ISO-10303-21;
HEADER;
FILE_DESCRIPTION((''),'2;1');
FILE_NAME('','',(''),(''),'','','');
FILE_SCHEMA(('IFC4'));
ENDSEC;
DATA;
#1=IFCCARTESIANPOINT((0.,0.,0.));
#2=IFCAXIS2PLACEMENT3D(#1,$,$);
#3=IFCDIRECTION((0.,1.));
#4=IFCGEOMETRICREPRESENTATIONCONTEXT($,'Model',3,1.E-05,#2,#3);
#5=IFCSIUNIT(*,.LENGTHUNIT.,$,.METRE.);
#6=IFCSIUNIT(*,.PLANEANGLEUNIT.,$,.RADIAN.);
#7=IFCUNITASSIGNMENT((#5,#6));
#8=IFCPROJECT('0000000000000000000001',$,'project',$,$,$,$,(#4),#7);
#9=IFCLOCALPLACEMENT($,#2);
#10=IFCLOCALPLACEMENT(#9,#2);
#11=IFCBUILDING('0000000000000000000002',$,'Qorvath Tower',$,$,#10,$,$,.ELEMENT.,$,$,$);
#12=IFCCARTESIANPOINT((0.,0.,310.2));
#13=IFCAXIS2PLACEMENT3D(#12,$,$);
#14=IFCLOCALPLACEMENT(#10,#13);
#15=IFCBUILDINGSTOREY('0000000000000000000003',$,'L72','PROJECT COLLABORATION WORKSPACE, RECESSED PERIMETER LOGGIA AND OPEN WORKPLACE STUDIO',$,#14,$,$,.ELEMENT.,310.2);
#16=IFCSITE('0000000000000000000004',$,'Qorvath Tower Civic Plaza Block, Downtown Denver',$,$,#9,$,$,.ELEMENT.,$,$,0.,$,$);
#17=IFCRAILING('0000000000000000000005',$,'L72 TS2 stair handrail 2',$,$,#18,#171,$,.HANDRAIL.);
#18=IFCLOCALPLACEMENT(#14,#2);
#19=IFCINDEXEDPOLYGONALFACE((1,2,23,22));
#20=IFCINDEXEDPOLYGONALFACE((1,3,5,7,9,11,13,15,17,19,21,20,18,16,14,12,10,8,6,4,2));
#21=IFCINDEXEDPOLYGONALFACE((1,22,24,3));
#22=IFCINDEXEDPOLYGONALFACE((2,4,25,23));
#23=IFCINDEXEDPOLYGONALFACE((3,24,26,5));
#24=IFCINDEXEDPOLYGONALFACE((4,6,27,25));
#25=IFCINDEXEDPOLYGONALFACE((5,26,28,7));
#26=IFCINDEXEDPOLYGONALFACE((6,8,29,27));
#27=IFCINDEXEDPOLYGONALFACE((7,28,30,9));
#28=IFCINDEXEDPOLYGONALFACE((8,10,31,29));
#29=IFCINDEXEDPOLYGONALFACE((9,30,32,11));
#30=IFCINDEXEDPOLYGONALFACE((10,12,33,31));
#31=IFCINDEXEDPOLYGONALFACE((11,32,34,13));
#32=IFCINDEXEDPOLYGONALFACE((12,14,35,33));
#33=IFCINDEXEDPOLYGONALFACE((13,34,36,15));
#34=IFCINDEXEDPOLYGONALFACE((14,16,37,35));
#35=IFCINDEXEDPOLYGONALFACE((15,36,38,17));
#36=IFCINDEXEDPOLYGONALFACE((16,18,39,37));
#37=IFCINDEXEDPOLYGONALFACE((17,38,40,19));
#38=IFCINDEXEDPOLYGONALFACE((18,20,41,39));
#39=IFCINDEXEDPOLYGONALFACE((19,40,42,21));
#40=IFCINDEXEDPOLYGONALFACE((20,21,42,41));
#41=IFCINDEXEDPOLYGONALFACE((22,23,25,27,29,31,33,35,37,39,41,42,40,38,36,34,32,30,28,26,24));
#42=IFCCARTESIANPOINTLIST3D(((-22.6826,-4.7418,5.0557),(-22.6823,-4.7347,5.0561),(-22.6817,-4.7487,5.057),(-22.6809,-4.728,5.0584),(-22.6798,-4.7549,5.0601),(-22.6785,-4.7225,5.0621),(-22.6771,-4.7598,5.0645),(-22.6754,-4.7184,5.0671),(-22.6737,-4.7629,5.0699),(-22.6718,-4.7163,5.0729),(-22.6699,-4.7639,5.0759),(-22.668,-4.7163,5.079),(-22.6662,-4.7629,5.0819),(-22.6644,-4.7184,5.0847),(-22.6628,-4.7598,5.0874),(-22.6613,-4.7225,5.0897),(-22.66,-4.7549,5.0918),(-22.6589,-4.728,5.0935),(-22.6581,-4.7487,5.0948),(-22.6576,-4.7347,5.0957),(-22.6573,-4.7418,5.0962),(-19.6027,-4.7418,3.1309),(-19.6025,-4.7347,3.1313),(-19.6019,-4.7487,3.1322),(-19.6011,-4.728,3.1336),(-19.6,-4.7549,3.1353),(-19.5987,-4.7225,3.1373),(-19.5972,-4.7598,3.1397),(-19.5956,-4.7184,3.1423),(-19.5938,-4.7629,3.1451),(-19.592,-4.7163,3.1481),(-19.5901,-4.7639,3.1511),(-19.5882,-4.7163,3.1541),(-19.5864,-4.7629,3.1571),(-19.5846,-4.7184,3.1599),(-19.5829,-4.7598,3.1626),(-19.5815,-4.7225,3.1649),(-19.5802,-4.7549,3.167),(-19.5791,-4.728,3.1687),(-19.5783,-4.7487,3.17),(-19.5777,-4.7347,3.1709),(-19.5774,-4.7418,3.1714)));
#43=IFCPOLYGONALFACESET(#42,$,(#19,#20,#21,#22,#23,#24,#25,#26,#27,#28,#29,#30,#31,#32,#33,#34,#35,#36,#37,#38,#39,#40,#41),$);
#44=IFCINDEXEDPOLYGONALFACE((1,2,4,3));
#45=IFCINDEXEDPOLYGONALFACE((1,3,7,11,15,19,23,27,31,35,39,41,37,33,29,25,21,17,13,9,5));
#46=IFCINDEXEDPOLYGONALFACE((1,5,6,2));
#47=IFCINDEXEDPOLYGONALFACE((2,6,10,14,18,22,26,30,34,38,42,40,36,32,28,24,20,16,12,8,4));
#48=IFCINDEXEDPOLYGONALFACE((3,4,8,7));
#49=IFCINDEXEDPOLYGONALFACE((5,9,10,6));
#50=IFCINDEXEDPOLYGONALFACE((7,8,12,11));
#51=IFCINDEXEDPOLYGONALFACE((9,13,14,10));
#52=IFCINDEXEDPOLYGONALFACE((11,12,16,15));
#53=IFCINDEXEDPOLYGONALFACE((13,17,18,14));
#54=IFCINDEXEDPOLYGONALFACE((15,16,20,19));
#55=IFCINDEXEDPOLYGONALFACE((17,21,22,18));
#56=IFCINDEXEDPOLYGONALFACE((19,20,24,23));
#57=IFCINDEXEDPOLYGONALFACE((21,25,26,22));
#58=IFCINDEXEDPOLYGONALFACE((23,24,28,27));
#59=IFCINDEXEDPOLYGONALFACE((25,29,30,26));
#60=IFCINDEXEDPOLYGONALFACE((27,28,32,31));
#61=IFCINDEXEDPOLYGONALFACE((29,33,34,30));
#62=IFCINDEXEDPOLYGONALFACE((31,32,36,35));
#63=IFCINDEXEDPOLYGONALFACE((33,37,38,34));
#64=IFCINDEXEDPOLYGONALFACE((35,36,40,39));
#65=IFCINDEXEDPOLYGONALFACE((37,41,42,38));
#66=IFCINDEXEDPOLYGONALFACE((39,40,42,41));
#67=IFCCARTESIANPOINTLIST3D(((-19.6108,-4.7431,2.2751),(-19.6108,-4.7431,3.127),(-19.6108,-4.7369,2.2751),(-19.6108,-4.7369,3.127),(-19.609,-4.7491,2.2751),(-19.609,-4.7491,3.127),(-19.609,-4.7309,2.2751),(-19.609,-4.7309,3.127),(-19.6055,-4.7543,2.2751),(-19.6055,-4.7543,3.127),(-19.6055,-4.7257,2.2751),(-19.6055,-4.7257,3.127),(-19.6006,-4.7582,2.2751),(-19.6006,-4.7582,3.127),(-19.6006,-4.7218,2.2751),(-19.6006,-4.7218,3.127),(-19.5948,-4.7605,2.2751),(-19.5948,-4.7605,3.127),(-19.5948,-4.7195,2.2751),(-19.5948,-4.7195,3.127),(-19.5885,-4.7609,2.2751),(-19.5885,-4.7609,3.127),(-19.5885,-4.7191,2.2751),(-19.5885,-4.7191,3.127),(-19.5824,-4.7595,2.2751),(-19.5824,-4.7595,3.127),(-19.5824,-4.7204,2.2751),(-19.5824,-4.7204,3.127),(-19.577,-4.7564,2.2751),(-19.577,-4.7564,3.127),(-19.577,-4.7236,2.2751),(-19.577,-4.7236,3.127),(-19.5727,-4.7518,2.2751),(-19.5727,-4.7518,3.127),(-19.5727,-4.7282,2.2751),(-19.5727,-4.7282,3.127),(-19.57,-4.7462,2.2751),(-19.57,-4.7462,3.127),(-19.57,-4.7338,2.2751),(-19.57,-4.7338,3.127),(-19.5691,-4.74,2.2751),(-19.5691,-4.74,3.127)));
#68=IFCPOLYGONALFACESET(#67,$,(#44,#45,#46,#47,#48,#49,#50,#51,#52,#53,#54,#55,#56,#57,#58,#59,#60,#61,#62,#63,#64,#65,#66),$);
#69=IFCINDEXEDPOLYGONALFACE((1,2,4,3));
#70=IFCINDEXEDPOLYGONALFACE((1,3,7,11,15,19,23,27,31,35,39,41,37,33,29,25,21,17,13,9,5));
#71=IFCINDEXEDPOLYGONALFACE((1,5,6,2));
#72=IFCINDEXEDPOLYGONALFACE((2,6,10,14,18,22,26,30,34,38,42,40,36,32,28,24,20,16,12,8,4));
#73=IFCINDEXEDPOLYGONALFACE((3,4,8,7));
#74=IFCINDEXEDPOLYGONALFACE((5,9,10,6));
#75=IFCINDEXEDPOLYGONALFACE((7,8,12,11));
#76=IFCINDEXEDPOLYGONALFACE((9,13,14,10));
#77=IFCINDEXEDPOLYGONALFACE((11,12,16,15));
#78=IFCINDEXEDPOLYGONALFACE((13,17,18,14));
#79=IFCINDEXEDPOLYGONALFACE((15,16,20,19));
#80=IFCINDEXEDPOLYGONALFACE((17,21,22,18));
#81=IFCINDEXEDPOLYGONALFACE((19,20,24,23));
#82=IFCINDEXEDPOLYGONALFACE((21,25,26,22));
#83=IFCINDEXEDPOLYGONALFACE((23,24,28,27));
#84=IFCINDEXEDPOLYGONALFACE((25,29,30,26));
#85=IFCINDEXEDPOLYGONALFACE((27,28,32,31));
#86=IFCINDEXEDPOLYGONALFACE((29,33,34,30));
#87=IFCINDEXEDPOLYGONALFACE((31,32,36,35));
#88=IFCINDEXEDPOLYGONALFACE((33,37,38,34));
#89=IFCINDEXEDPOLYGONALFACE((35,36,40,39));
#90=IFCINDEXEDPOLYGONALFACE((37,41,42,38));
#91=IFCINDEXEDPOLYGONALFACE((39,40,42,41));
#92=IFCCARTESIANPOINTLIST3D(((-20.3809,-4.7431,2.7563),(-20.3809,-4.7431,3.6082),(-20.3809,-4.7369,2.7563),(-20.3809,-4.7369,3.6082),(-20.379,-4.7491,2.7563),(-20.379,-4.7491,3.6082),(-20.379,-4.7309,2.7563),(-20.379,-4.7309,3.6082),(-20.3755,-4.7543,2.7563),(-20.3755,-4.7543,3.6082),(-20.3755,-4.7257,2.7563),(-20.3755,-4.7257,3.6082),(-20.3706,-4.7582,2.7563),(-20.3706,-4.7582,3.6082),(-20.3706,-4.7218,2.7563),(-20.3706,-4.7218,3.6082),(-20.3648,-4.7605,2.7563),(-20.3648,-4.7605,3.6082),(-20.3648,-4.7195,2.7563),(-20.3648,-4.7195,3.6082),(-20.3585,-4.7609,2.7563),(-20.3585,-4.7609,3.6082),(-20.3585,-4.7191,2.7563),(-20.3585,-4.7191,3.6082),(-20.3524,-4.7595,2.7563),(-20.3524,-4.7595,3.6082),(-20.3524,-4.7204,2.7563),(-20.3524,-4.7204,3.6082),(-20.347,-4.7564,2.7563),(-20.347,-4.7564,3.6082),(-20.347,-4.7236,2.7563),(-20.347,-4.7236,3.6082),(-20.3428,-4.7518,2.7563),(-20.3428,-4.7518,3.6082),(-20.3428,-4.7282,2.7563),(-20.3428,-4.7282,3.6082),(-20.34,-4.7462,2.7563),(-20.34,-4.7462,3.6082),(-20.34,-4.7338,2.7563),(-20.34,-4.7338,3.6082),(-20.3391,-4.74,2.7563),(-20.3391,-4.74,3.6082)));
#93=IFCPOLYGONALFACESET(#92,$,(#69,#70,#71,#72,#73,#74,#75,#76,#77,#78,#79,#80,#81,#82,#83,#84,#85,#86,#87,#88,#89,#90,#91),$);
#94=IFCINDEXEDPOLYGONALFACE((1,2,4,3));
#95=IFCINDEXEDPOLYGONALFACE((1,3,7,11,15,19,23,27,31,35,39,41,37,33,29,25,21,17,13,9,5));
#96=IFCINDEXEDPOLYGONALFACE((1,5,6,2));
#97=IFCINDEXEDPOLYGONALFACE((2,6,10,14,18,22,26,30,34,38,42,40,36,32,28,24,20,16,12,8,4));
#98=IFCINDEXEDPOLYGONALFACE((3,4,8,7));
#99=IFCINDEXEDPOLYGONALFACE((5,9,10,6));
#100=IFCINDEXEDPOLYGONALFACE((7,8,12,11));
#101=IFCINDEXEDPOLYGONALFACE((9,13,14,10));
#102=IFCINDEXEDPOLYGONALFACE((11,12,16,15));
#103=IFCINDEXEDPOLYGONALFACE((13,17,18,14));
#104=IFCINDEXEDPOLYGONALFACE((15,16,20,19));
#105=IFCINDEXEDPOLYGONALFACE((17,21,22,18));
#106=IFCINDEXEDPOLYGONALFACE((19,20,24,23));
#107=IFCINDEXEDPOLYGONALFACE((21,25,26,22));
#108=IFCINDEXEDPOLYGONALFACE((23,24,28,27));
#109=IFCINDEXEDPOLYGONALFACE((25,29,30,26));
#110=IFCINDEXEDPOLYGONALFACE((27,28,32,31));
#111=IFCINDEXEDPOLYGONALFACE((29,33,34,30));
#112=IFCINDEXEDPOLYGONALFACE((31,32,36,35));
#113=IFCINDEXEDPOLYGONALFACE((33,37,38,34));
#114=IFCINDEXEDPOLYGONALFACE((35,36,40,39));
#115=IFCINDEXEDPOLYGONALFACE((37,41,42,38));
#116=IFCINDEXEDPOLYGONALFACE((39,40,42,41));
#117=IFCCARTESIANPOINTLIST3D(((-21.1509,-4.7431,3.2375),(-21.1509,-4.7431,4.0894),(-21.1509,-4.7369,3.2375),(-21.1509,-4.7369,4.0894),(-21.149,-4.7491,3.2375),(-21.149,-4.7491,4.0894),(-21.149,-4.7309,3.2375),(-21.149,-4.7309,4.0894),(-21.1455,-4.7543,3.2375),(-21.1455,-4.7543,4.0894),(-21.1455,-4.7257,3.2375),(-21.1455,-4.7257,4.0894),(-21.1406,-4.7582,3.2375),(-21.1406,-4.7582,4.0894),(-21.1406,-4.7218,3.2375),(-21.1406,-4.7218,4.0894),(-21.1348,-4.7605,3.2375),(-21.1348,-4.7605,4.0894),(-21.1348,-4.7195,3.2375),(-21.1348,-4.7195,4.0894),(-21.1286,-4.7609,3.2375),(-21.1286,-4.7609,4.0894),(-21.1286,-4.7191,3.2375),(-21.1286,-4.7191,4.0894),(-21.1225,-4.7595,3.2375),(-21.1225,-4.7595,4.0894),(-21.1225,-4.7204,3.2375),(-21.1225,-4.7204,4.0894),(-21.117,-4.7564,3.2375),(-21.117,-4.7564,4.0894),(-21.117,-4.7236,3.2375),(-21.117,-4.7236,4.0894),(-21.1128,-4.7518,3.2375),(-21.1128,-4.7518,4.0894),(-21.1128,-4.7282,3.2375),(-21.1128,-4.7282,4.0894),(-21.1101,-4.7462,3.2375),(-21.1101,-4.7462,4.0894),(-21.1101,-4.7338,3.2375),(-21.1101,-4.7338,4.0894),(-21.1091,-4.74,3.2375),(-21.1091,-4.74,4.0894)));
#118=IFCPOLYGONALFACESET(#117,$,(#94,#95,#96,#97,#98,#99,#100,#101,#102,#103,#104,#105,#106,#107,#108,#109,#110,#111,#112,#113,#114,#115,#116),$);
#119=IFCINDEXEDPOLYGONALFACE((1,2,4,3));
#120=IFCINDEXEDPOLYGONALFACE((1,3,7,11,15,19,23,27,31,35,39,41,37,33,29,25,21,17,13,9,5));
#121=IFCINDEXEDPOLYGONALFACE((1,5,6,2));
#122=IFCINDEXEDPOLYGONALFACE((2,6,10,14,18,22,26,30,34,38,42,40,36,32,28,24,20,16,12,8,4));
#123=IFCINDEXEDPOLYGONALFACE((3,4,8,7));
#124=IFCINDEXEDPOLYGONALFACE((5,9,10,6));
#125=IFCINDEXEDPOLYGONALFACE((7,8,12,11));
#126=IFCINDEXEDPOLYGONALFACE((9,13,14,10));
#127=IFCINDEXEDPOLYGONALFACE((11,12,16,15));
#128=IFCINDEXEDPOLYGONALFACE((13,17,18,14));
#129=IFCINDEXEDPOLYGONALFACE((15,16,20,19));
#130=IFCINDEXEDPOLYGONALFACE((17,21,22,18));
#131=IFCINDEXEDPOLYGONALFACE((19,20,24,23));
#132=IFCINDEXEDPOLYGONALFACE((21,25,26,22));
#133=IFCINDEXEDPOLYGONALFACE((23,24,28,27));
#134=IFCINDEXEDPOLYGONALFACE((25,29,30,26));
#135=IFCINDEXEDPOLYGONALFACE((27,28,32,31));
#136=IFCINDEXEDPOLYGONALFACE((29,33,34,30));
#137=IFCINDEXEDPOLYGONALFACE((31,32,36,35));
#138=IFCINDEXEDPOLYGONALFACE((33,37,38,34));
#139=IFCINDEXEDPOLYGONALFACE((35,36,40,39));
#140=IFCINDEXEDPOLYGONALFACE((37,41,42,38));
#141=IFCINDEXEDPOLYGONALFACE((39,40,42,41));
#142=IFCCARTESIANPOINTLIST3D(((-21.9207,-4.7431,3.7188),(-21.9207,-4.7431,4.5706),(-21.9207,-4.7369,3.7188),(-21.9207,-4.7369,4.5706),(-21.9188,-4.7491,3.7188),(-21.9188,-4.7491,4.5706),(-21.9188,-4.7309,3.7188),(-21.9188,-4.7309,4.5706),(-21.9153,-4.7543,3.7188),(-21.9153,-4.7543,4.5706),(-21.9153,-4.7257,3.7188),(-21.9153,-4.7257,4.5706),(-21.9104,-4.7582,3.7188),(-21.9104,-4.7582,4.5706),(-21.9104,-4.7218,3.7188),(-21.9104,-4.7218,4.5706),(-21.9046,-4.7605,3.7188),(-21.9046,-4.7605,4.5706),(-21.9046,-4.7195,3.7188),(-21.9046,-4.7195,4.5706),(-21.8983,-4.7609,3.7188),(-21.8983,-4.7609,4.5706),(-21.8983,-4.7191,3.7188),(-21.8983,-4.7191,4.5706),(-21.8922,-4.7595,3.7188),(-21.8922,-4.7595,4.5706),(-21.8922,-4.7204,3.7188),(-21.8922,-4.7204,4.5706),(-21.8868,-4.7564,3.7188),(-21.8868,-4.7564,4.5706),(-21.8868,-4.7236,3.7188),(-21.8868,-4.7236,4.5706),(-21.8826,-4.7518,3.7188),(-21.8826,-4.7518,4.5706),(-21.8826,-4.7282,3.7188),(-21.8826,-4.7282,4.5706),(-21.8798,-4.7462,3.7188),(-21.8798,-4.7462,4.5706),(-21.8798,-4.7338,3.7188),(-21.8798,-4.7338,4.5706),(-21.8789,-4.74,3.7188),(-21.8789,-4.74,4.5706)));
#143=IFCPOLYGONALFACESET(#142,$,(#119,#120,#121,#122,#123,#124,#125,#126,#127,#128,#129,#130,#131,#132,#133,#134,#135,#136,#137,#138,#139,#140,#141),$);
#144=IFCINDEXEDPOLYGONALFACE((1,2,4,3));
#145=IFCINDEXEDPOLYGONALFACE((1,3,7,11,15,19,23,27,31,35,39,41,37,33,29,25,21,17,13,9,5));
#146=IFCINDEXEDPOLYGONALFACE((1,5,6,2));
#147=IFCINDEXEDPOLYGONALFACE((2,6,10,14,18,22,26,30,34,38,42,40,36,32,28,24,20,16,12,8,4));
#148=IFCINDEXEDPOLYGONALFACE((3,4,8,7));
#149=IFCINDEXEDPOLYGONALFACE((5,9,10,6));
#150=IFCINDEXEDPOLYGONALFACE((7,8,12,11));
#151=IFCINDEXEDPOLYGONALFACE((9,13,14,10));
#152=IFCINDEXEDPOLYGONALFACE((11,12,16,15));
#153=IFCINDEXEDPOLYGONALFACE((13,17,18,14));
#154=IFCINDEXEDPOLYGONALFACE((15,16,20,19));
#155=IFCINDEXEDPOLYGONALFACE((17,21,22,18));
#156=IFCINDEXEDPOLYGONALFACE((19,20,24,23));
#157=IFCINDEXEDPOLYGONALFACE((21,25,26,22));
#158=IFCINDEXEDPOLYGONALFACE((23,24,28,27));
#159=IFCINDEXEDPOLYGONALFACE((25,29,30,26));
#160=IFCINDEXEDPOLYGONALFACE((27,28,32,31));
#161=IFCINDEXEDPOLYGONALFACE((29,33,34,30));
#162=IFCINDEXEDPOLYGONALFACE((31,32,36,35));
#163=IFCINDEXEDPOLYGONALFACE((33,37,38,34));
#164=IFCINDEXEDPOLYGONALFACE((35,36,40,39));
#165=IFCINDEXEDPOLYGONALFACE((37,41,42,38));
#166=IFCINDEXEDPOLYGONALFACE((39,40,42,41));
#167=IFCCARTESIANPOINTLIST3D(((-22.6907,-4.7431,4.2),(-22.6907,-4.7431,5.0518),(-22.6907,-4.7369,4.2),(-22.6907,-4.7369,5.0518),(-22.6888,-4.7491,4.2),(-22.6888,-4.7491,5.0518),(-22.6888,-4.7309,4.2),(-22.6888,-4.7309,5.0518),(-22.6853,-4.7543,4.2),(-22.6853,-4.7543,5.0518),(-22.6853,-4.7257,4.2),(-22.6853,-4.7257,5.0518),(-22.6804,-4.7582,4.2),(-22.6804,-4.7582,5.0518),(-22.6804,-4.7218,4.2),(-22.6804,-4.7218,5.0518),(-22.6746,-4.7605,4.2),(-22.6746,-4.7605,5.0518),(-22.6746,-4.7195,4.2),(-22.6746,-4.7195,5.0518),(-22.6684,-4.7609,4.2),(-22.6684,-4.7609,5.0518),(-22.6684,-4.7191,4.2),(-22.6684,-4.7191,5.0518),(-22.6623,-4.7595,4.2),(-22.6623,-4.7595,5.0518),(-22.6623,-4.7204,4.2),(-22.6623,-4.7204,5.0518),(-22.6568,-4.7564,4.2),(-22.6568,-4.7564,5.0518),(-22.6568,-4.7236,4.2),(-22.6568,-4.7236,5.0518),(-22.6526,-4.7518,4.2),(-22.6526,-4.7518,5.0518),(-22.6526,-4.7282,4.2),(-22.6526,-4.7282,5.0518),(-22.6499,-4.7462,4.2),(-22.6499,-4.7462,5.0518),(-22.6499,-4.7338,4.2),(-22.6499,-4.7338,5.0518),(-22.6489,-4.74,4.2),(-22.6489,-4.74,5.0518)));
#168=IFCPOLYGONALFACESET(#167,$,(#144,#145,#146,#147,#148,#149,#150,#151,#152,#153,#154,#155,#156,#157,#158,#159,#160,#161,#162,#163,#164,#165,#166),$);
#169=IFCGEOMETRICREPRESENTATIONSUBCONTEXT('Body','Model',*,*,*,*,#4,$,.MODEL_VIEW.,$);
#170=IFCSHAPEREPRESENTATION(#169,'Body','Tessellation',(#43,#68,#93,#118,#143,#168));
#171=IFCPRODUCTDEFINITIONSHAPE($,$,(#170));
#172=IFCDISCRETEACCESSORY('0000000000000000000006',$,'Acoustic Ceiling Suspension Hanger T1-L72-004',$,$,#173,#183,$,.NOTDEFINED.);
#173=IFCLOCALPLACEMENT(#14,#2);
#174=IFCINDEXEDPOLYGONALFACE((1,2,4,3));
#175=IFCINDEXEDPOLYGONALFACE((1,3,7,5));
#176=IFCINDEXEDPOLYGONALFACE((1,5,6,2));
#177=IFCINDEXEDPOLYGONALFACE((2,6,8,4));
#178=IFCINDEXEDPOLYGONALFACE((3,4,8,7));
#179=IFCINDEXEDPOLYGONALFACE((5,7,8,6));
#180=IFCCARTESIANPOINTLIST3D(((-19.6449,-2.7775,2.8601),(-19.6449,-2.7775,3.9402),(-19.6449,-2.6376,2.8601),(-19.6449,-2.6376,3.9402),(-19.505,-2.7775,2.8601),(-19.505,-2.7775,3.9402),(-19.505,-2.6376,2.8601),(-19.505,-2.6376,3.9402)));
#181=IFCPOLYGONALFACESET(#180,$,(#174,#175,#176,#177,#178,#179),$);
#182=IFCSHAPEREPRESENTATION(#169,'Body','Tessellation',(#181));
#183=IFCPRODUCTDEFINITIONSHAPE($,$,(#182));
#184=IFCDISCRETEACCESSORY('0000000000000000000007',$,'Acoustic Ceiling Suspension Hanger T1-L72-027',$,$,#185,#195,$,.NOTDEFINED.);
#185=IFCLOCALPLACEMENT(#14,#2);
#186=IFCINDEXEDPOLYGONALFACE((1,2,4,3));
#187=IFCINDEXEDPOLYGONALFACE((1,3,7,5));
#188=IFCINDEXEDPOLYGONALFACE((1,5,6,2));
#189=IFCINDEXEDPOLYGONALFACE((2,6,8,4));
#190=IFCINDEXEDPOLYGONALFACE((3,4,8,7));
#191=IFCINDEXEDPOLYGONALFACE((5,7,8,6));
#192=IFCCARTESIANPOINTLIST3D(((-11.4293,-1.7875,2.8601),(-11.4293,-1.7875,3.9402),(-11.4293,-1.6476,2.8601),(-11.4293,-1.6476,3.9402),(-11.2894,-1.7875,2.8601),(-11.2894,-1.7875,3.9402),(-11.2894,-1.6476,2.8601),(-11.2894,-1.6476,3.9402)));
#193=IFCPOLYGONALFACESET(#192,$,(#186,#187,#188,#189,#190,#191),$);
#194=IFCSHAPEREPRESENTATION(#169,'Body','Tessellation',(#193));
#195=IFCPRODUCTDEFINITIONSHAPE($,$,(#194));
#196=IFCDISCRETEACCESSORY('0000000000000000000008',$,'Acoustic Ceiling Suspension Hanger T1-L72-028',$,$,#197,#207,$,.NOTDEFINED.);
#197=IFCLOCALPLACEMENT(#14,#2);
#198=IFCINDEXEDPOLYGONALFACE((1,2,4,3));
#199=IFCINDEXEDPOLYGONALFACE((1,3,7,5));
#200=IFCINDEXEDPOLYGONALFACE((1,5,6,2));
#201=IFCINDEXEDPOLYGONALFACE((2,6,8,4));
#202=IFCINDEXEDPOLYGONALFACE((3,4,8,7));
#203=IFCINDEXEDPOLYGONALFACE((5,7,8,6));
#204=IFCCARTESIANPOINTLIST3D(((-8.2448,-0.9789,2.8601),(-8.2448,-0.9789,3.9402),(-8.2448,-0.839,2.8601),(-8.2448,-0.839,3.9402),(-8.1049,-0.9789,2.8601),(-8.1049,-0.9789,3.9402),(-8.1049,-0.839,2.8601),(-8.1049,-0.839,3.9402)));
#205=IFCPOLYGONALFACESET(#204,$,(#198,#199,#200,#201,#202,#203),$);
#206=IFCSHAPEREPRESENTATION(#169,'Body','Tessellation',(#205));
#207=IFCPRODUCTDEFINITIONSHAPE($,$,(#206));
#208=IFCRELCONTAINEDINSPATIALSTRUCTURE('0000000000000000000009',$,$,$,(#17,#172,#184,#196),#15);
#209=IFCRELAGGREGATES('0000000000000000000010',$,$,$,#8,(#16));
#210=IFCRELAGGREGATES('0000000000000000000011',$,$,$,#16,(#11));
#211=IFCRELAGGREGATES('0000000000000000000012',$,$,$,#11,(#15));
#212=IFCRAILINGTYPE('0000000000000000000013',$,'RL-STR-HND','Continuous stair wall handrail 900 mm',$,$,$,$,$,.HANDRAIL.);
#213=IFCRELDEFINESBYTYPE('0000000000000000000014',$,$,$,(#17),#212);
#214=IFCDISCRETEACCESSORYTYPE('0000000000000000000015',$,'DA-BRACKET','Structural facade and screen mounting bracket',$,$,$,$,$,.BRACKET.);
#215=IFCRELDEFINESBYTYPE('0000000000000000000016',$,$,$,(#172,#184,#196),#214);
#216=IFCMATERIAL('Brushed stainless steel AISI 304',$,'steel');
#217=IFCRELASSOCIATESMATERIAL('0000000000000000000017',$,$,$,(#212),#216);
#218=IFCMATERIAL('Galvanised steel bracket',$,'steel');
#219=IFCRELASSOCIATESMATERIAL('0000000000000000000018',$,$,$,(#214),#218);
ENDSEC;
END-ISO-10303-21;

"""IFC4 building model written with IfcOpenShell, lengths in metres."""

from ifc_helpers import new_model, si_unit, direction, frame, origin, origin_2d, place, context, subcontext, project, spatial, rectangle, circle, extrude, material, type_object, element, save


model = new_model("IFC4")

# Units and contexts
model_context = context("Model", 3, precision=1e-05, world=origin(), true_north=direction((0.0, 1.0)))
body_context = subcontext(model_context, "Body", "Model", "MODEL_VIEW")
ifc_project = project(units=[si_unit("LENGTHUNIT", "METRE"), si_unit("PLANEANGLEUNIT", "RADIAN")], contexts=[model_context])

# Site, building, storey
site_placement = place(None, origin())
site = spatial("IfcSite", under=ifc_project, at=site_placement, Name="Qorvath Tower Civic Plaza Block, Downtown Denver", CompositionType="ELEMENT", RefElevation=0.0)
building_placement = place(site_placement, origin())
building = spatial("IfcBuilding", under=site, at=building_placement, Name="Qorvath Tower", CompositionType="ELEMENT")
storey_placement = place(building_placement, frame((0.0, 0.0, 310.2)))
storey = spatial("IfcBuildingStorey", under=building, at=storey_placement, Name="L72", Description="PROJECT COLLABORATION WORKSPACE, RECESSED PERIMETER LOGGIA AND OPEN WORKPLACE STUDIO", CompositionType="ELEMENT", Elevation=310.2)

# Railing
ifc_material_1 = material(Name="Brushed stainless steel AISI 304", Category="steel")
railing_type_1 = type_object("IfcRailingType", Name="RL-STR-HND", Description="Continuous stair wall handrail 900 mm", PredefinedType="HANDRAIL", material=ifc_material_1)
railing_1_placement = place(storey_placement, frame((-19.5901, -4.74, 2.2751)))
element("IfcRailing", 1, at=railing_1_placement, inside=storey, type_object=railing_type_1, Name="L72 TS2 stair handrail 2", PredefinedType="HANDRAIL", context=body_context, shape_type="SweptSolid", body=[
    extrude(circle(Radius=0.0239, at=origin_2d()), frame((0.0, 0.0, 0.876), z_axis=(-0.84801, 0.0, 0.529981), x_axis=(0.0, -1.0, 0.0)), (0.0, 0.0, 1.0), 3.6318),
    extrude(circle(Radius=0.021, at=origin_2d()), origin(), (0.0, 0.0, 1.0), 0.8518),
    extrude(circle(Radius=0.021, at=origin_2d()), frame((-0.77, 0.0, 0.4812)), (0.0, 0.0, 1.0), 0.8518),
    extrude(circle(Radius=0.021, at=origin_2d()), frame((-1.54, 0.0, 0.9624)), (0.0, 0.0, 1.0), 0.8518),
    extrude(circle(Radius=0.021, at=origin_2d()), frame((-2.3098, 0.0, 1.4436)), (0.0, 0.0, 1.0), 0.8518),
    extrude(circle(Radius=0.021, at=origin_2d()), frame((-3.0798, 0.0, 1.9248)), (0.0, 0.0, 1.0), 0.8518),
])

# Discrete accessories
ifc_material_2 = material(Name="Galvanised steel bracket", Category="steel")
discrete_accessory_type = type_object("IfcDiscreteAccessoryType", Name="DA-BRACKET", Description="Structural facade and screen mounting bracket", PredefinedType="BRACKET", material=ifc_material_2)
for number, where, z_axis, x_axis, name in (
    (2, (-19.575, -2.7075, 2.8601), (0.0, 0.0, 1.0), (1.0, 0.0, 0.0), "Acoustic Ceiling Suspension Hanger T1-L72-004"),
    (3, (-11.3594, -1.7175, 2.8601), (0.0, 0.0, 1.0), (1.0, 0.0, 0.0), "Acoustic Ceiling Suspension Hanger T1-L72-027"),
    (4, (-8.1748, -0.9089, 2.8601), (0.0, 0.0, 1.0), (1.0, 0.0, 0.0), "Acoustic Ceiling Suspension Hanger T1-L72-028"),
):
    element("IfcDiscreteAccessory", number, at=place(storey_placement, frame(where, z_axis=z_axis, x_axis=x_axis)), inside=storey, type_object=discrete_accessory_type, Name=name, PredefinedType="NOTDEFINED", context=body_context, shape_type="SweptSolid", body=[
        extrude(rectangle(XDim=0.1399, YDim=0.1399, at=origin_2d()), origin(), (0.0, 0.0, 1.0), 1.0801),
    ])

save(model, "model.ifc")
